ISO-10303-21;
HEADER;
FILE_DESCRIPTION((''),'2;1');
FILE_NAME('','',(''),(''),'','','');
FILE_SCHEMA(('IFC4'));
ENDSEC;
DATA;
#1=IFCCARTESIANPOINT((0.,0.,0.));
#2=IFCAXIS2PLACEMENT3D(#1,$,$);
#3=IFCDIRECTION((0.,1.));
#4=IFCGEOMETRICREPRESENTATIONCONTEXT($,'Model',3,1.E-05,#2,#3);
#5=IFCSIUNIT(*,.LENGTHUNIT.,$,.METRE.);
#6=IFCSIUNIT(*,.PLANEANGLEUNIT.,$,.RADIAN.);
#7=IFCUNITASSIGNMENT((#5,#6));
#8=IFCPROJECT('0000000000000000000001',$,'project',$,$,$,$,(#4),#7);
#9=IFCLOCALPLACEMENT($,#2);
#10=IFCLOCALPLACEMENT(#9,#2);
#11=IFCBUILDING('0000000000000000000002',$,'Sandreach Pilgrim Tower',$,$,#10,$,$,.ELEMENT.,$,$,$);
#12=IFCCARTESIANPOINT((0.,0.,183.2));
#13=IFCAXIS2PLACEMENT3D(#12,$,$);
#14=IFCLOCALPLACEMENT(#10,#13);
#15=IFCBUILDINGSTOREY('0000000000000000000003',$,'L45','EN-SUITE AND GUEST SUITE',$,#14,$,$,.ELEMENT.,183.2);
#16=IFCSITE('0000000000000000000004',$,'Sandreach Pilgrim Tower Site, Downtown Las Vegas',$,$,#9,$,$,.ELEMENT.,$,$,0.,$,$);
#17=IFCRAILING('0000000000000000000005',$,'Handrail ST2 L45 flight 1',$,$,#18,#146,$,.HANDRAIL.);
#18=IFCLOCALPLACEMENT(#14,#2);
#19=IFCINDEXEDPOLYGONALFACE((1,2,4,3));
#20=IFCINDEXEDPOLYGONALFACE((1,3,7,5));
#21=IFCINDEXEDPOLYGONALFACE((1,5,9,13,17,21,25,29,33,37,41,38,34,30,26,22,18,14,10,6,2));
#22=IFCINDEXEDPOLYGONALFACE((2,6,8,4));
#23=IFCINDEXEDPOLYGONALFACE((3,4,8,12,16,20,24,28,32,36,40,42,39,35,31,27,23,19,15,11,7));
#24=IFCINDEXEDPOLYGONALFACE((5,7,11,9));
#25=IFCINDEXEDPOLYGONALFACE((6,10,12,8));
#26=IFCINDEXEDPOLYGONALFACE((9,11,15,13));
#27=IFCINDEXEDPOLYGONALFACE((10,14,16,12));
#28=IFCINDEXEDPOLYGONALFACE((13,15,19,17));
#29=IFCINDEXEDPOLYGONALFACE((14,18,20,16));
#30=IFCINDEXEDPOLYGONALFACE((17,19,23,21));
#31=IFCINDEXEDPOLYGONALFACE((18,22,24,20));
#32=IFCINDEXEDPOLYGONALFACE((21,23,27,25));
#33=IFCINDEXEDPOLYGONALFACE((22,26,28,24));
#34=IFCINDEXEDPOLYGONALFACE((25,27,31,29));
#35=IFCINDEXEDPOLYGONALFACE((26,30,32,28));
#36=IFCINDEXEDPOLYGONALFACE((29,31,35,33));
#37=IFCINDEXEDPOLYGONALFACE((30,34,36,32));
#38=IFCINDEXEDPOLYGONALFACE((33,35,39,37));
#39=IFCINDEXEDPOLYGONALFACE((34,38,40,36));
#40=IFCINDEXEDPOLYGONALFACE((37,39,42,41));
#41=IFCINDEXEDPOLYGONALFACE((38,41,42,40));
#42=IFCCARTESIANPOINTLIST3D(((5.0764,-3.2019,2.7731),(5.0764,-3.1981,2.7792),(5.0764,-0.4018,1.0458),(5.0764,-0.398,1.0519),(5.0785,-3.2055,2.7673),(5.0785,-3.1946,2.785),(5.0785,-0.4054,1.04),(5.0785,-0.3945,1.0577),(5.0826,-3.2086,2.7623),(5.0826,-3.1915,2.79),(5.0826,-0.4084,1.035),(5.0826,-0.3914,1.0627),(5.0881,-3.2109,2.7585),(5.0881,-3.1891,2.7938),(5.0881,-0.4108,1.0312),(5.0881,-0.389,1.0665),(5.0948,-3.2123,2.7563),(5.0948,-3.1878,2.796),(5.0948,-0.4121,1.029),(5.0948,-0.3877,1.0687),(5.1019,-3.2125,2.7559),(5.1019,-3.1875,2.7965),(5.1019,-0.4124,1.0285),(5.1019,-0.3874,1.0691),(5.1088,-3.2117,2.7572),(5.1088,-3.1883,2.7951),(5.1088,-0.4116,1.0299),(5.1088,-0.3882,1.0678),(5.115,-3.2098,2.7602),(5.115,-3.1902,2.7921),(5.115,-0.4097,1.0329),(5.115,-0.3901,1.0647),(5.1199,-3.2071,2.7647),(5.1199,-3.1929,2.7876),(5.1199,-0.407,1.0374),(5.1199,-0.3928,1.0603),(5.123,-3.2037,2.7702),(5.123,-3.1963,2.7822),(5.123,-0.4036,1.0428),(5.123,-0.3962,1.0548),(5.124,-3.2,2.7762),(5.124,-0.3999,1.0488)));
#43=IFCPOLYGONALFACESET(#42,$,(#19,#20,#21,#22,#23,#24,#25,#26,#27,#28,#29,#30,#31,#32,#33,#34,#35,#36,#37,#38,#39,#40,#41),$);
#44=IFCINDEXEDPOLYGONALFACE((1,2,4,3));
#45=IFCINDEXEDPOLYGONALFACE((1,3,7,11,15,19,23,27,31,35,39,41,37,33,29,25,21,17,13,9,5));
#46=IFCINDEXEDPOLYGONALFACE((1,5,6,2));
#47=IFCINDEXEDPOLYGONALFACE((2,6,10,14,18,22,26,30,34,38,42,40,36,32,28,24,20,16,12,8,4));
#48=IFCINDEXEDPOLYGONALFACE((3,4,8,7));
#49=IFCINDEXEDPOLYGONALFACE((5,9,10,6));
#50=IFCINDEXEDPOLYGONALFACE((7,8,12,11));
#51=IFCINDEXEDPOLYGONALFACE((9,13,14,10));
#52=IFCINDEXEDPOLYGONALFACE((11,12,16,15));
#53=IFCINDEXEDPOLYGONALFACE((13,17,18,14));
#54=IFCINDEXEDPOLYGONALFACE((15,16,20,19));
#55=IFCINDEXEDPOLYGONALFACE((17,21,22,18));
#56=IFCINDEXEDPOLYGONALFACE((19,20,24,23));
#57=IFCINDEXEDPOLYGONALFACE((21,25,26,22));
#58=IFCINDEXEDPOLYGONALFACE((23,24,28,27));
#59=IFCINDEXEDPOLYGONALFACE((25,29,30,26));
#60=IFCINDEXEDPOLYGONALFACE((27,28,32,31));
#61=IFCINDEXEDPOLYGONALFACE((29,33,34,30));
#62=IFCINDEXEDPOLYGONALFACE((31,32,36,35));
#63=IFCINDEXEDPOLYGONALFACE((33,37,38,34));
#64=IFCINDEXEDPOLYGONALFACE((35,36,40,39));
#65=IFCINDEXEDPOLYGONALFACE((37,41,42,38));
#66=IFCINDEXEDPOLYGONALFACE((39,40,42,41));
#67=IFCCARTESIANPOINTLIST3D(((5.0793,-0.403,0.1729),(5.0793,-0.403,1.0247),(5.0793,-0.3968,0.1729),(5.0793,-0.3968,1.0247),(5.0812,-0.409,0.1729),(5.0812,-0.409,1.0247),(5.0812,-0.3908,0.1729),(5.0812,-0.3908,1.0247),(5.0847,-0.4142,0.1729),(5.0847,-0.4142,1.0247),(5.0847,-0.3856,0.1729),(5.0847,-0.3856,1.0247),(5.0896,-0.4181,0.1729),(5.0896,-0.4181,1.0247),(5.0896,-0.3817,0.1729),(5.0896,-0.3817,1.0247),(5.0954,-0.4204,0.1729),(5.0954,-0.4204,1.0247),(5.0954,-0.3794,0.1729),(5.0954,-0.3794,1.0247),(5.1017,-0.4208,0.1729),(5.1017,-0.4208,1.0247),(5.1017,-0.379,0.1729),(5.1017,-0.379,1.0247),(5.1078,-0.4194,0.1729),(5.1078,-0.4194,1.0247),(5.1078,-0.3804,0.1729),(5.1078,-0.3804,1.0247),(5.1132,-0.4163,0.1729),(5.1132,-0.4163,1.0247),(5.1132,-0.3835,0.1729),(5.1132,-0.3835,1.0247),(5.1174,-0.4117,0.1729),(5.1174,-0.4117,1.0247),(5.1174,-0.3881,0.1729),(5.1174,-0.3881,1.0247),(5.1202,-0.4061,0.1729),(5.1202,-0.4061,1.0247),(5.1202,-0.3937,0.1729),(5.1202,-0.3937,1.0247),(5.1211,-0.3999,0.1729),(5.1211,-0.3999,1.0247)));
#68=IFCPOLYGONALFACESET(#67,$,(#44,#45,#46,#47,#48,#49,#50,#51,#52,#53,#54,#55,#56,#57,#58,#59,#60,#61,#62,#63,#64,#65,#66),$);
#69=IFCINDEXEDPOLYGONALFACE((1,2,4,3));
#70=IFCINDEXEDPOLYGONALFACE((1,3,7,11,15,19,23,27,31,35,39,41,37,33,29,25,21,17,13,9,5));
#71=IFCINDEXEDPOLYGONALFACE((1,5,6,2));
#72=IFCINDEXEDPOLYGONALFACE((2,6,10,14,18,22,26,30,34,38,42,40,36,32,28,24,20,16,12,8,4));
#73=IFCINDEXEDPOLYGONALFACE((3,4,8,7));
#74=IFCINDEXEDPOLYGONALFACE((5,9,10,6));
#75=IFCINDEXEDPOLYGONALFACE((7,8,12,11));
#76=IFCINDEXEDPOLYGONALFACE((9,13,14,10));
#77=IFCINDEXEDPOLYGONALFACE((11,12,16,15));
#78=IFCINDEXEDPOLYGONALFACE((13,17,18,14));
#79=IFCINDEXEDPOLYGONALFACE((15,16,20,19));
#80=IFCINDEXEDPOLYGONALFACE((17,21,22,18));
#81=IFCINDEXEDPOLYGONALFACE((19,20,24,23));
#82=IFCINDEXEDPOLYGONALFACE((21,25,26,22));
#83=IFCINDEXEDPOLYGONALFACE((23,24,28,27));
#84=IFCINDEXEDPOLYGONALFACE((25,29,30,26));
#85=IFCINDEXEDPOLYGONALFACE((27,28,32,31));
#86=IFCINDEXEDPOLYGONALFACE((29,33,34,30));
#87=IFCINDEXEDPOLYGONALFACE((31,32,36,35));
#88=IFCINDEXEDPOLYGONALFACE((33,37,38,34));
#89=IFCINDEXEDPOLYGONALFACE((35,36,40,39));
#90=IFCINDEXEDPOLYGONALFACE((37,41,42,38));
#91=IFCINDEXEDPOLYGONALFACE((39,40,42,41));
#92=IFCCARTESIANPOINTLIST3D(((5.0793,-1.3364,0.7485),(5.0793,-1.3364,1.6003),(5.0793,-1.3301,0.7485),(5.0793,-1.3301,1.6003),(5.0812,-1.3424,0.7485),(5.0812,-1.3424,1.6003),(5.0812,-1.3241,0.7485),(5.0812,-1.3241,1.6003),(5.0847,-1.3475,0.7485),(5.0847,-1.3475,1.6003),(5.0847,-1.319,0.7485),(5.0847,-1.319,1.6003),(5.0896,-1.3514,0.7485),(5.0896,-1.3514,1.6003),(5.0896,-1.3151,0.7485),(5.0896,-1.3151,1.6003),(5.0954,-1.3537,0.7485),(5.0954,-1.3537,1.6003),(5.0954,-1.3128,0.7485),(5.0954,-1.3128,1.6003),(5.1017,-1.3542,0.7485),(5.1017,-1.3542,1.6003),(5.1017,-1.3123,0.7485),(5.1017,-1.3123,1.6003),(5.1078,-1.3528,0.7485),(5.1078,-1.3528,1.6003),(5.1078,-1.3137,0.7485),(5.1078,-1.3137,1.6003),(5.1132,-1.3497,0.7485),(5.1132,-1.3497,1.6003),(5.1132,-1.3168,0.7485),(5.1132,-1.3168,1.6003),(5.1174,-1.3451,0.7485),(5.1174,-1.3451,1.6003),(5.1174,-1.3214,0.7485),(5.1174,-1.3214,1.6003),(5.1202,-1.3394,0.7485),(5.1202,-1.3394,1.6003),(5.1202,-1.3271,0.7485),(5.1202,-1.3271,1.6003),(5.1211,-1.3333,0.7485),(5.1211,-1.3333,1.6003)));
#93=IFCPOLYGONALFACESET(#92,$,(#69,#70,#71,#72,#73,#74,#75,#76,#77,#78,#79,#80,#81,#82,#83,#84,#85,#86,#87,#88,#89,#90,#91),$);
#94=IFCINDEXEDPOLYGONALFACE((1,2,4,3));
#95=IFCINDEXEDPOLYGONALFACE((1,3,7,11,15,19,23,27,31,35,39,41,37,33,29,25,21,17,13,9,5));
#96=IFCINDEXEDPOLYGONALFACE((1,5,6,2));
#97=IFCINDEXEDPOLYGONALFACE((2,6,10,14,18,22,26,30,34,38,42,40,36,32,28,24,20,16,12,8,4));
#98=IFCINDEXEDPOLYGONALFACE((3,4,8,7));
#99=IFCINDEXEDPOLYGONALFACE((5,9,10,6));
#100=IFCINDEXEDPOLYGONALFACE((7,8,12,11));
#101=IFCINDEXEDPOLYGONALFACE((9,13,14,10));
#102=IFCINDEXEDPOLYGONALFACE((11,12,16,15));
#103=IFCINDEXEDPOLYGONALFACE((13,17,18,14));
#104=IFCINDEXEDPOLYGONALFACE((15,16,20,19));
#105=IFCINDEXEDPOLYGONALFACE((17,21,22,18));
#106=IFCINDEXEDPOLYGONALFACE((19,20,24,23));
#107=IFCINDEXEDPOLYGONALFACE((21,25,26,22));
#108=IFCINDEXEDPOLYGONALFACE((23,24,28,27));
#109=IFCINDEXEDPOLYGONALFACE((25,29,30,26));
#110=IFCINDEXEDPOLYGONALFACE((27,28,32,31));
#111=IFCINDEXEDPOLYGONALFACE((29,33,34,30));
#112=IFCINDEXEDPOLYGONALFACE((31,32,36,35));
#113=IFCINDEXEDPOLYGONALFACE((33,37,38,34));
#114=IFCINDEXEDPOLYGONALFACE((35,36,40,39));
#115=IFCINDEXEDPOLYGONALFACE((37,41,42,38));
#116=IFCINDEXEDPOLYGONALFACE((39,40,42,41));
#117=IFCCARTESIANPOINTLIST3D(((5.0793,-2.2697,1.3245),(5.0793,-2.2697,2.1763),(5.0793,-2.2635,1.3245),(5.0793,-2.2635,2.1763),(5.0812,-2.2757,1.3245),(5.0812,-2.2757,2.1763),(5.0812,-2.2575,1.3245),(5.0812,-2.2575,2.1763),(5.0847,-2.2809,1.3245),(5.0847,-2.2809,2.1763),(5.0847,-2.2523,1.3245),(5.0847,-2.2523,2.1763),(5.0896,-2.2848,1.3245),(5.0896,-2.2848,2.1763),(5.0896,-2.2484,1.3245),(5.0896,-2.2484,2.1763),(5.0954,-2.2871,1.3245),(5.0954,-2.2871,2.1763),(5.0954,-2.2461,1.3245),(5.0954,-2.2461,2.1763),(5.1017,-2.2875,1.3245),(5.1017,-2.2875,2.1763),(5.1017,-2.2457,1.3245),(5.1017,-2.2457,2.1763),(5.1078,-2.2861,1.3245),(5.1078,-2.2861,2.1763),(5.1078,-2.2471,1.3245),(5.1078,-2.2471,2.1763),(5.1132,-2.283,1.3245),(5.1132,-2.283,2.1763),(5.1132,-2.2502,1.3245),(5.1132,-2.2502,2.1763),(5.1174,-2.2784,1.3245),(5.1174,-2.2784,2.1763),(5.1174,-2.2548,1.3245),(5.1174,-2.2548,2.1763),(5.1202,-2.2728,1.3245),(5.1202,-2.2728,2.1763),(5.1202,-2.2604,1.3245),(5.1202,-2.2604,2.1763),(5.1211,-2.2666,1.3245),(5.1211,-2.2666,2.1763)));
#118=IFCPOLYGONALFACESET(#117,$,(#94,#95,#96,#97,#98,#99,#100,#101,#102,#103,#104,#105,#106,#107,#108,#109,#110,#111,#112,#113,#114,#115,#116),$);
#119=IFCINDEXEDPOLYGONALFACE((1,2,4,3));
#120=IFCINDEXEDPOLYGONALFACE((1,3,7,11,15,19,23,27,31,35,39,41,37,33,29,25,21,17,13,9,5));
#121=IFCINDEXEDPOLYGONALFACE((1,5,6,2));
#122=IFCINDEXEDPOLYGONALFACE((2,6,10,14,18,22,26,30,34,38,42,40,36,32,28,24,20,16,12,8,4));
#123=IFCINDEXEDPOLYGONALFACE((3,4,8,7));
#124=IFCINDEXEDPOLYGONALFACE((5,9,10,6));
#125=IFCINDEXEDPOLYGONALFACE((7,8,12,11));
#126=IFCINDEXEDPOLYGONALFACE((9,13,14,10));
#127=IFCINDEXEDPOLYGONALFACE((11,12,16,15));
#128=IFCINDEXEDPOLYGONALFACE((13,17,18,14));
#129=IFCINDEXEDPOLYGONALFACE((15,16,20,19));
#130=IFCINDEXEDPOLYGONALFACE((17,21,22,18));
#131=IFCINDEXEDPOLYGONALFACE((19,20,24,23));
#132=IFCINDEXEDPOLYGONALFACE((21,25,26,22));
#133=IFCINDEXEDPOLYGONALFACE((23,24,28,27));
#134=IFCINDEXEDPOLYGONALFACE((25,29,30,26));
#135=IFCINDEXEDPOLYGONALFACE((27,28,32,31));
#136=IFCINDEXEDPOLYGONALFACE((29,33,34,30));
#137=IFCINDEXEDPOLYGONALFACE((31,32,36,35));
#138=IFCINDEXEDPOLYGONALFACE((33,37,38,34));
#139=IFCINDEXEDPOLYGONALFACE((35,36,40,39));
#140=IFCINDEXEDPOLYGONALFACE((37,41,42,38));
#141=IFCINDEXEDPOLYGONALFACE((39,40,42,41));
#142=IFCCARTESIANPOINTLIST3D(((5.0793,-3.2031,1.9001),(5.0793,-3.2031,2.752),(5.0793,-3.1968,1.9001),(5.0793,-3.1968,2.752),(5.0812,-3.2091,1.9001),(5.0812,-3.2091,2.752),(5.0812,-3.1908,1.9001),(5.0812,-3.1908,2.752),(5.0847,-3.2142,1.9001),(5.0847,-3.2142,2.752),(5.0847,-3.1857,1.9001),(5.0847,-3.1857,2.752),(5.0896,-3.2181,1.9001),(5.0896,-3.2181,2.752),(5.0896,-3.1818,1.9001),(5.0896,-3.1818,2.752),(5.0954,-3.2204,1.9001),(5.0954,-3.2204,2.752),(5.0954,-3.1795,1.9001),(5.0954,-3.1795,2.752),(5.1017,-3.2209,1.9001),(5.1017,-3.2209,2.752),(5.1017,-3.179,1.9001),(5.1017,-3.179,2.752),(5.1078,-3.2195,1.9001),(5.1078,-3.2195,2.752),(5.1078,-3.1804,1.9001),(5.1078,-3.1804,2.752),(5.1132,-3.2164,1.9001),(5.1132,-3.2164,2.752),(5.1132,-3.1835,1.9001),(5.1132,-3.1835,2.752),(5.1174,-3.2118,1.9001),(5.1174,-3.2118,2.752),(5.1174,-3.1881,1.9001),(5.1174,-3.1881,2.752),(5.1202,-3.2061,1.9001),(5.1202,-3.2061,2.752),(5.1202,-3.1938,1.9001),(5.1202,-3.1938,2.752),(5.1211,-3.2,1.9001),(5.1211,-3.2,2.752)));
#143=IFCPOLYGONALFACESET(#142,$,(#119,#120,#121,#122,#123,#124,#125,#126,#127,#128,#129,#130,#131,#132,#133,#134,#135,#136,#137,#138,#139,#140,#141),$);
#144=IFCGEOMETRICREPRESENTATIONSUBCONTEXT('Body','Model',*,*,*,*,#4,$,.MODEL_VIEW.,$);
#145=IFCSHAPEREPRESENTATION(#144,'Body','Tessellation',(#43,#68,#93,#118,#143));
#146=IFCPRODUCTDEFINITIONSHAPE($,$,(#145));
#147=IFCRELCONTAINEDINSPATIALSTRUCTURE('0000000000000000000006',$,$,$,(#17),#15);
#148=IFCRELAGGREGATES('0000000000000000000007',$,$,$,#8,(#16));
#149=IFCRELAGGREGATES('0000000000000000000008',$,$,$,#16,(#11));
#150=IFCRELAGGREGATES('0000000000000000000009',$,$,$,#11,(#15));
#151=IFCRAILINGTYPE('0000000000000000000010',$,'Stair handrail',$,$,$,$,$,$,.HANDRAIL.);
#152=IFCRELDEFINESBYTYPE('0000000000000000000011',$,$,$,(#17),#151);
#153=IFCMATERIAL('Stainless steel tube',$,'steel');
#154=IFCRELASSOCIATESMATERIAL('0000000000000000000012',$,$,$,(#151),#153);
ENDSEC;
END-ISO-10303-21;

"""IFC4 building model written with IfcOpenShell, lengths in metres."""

from ifc_helpers import new_model, si_unit, direction, frame, origin, origin_2d, place, context, subcontext, project, spatial, circle, extrude, material, type_object, element, save


model = new_model("IFC4")

# Units and contexts
model_context = context("Model", 3, precision=1e-05, world=origin(), true_north=direction((0.0, 1.0)))
body_context = subcontext(model_context, "Body", "Model", "MODEL_VIEW")
ifc_project = project(units=[si_unit("LENGTHUNIT", "METRE"), si_unit("PLANEANGLEUNIT", "RADIAN")], contexts=[model_context])

# Site, building, storey
site_placement = place(None, origin())
site = spatial("IfcSite", under=ifc_project, at=site_placement, Name="Sandreach Pilgrim Tower Site, Downtown Las Vegas", CompositionType="ELEMENT", RefElevation=0.0)
building_placement = place(site_placement, origin())
building = spatial("IfcBuilding", under=site, at=building_placement, Name="Sandreach Pilgrim Tower", CompositionType="ELEMENT")
storey_placement = place(building_placement, frame((0.0, 0.0, 183.2)))
storey = spatial("IfcBuildingStorey", under=building, at=storey_placement, Name="L45", Description="EN-SUITE AND GUEST SUITE", CompositionType="ELEMENT", Elevation=183.2)

# Railing
ifc_material_1 = material(Name="Stainless steel tube", Category="steel")
railing_type = type_object("IfcRailingType", Name="Stair handrail", PredefinedType="HANDRAIL", material=ifc_material_1)
for number, where, name in (
    (1, (5.1001, -0.3999, 0.1729), "Handrail ST2 L45 flight 1"),
):
    element("IfcRailing", number, at=place(storey_placement, frame(where)), inside=storey, type_object=railing_type, Name=name, PredefinedType="HANDRAIL", context=body_context, shape_type="SweptSolid", body=[
        extrude(circle(Radius=0.0239, at=origin_2d()), frame((0.0, 0.0, 0.876), z_axis=(0.0, -0.85109, 0.52502), x_axis=(1.0, 0.0, 0.0)), (0.0, 0.0, 1.0), 3.29),
        extrude(circle(Radius=0.021, at=origin_2d()), origin(), (0.0, 0.0, 1.0), 0.8518),
        extrude(circle(Radius=0.021, at=origin_2d()), frame((0.0, -0.9333, 0.5757)), (0.0, 0.0, 1.0), 0.8518),
        extrude(circle(Radius=0.021, at=origin_2d()), frame((0.0, -1.8667, 1.1516)), (0.0, 0.0, 1.0), 0.8518),
        extrude(circle(Radius=0.021, at=origin_2d()), frame((0.0, -2.8, 1.7273)), (0.0, 0.0, 1.0), 0.8518),
    ])

save(model, "model.ifc")
